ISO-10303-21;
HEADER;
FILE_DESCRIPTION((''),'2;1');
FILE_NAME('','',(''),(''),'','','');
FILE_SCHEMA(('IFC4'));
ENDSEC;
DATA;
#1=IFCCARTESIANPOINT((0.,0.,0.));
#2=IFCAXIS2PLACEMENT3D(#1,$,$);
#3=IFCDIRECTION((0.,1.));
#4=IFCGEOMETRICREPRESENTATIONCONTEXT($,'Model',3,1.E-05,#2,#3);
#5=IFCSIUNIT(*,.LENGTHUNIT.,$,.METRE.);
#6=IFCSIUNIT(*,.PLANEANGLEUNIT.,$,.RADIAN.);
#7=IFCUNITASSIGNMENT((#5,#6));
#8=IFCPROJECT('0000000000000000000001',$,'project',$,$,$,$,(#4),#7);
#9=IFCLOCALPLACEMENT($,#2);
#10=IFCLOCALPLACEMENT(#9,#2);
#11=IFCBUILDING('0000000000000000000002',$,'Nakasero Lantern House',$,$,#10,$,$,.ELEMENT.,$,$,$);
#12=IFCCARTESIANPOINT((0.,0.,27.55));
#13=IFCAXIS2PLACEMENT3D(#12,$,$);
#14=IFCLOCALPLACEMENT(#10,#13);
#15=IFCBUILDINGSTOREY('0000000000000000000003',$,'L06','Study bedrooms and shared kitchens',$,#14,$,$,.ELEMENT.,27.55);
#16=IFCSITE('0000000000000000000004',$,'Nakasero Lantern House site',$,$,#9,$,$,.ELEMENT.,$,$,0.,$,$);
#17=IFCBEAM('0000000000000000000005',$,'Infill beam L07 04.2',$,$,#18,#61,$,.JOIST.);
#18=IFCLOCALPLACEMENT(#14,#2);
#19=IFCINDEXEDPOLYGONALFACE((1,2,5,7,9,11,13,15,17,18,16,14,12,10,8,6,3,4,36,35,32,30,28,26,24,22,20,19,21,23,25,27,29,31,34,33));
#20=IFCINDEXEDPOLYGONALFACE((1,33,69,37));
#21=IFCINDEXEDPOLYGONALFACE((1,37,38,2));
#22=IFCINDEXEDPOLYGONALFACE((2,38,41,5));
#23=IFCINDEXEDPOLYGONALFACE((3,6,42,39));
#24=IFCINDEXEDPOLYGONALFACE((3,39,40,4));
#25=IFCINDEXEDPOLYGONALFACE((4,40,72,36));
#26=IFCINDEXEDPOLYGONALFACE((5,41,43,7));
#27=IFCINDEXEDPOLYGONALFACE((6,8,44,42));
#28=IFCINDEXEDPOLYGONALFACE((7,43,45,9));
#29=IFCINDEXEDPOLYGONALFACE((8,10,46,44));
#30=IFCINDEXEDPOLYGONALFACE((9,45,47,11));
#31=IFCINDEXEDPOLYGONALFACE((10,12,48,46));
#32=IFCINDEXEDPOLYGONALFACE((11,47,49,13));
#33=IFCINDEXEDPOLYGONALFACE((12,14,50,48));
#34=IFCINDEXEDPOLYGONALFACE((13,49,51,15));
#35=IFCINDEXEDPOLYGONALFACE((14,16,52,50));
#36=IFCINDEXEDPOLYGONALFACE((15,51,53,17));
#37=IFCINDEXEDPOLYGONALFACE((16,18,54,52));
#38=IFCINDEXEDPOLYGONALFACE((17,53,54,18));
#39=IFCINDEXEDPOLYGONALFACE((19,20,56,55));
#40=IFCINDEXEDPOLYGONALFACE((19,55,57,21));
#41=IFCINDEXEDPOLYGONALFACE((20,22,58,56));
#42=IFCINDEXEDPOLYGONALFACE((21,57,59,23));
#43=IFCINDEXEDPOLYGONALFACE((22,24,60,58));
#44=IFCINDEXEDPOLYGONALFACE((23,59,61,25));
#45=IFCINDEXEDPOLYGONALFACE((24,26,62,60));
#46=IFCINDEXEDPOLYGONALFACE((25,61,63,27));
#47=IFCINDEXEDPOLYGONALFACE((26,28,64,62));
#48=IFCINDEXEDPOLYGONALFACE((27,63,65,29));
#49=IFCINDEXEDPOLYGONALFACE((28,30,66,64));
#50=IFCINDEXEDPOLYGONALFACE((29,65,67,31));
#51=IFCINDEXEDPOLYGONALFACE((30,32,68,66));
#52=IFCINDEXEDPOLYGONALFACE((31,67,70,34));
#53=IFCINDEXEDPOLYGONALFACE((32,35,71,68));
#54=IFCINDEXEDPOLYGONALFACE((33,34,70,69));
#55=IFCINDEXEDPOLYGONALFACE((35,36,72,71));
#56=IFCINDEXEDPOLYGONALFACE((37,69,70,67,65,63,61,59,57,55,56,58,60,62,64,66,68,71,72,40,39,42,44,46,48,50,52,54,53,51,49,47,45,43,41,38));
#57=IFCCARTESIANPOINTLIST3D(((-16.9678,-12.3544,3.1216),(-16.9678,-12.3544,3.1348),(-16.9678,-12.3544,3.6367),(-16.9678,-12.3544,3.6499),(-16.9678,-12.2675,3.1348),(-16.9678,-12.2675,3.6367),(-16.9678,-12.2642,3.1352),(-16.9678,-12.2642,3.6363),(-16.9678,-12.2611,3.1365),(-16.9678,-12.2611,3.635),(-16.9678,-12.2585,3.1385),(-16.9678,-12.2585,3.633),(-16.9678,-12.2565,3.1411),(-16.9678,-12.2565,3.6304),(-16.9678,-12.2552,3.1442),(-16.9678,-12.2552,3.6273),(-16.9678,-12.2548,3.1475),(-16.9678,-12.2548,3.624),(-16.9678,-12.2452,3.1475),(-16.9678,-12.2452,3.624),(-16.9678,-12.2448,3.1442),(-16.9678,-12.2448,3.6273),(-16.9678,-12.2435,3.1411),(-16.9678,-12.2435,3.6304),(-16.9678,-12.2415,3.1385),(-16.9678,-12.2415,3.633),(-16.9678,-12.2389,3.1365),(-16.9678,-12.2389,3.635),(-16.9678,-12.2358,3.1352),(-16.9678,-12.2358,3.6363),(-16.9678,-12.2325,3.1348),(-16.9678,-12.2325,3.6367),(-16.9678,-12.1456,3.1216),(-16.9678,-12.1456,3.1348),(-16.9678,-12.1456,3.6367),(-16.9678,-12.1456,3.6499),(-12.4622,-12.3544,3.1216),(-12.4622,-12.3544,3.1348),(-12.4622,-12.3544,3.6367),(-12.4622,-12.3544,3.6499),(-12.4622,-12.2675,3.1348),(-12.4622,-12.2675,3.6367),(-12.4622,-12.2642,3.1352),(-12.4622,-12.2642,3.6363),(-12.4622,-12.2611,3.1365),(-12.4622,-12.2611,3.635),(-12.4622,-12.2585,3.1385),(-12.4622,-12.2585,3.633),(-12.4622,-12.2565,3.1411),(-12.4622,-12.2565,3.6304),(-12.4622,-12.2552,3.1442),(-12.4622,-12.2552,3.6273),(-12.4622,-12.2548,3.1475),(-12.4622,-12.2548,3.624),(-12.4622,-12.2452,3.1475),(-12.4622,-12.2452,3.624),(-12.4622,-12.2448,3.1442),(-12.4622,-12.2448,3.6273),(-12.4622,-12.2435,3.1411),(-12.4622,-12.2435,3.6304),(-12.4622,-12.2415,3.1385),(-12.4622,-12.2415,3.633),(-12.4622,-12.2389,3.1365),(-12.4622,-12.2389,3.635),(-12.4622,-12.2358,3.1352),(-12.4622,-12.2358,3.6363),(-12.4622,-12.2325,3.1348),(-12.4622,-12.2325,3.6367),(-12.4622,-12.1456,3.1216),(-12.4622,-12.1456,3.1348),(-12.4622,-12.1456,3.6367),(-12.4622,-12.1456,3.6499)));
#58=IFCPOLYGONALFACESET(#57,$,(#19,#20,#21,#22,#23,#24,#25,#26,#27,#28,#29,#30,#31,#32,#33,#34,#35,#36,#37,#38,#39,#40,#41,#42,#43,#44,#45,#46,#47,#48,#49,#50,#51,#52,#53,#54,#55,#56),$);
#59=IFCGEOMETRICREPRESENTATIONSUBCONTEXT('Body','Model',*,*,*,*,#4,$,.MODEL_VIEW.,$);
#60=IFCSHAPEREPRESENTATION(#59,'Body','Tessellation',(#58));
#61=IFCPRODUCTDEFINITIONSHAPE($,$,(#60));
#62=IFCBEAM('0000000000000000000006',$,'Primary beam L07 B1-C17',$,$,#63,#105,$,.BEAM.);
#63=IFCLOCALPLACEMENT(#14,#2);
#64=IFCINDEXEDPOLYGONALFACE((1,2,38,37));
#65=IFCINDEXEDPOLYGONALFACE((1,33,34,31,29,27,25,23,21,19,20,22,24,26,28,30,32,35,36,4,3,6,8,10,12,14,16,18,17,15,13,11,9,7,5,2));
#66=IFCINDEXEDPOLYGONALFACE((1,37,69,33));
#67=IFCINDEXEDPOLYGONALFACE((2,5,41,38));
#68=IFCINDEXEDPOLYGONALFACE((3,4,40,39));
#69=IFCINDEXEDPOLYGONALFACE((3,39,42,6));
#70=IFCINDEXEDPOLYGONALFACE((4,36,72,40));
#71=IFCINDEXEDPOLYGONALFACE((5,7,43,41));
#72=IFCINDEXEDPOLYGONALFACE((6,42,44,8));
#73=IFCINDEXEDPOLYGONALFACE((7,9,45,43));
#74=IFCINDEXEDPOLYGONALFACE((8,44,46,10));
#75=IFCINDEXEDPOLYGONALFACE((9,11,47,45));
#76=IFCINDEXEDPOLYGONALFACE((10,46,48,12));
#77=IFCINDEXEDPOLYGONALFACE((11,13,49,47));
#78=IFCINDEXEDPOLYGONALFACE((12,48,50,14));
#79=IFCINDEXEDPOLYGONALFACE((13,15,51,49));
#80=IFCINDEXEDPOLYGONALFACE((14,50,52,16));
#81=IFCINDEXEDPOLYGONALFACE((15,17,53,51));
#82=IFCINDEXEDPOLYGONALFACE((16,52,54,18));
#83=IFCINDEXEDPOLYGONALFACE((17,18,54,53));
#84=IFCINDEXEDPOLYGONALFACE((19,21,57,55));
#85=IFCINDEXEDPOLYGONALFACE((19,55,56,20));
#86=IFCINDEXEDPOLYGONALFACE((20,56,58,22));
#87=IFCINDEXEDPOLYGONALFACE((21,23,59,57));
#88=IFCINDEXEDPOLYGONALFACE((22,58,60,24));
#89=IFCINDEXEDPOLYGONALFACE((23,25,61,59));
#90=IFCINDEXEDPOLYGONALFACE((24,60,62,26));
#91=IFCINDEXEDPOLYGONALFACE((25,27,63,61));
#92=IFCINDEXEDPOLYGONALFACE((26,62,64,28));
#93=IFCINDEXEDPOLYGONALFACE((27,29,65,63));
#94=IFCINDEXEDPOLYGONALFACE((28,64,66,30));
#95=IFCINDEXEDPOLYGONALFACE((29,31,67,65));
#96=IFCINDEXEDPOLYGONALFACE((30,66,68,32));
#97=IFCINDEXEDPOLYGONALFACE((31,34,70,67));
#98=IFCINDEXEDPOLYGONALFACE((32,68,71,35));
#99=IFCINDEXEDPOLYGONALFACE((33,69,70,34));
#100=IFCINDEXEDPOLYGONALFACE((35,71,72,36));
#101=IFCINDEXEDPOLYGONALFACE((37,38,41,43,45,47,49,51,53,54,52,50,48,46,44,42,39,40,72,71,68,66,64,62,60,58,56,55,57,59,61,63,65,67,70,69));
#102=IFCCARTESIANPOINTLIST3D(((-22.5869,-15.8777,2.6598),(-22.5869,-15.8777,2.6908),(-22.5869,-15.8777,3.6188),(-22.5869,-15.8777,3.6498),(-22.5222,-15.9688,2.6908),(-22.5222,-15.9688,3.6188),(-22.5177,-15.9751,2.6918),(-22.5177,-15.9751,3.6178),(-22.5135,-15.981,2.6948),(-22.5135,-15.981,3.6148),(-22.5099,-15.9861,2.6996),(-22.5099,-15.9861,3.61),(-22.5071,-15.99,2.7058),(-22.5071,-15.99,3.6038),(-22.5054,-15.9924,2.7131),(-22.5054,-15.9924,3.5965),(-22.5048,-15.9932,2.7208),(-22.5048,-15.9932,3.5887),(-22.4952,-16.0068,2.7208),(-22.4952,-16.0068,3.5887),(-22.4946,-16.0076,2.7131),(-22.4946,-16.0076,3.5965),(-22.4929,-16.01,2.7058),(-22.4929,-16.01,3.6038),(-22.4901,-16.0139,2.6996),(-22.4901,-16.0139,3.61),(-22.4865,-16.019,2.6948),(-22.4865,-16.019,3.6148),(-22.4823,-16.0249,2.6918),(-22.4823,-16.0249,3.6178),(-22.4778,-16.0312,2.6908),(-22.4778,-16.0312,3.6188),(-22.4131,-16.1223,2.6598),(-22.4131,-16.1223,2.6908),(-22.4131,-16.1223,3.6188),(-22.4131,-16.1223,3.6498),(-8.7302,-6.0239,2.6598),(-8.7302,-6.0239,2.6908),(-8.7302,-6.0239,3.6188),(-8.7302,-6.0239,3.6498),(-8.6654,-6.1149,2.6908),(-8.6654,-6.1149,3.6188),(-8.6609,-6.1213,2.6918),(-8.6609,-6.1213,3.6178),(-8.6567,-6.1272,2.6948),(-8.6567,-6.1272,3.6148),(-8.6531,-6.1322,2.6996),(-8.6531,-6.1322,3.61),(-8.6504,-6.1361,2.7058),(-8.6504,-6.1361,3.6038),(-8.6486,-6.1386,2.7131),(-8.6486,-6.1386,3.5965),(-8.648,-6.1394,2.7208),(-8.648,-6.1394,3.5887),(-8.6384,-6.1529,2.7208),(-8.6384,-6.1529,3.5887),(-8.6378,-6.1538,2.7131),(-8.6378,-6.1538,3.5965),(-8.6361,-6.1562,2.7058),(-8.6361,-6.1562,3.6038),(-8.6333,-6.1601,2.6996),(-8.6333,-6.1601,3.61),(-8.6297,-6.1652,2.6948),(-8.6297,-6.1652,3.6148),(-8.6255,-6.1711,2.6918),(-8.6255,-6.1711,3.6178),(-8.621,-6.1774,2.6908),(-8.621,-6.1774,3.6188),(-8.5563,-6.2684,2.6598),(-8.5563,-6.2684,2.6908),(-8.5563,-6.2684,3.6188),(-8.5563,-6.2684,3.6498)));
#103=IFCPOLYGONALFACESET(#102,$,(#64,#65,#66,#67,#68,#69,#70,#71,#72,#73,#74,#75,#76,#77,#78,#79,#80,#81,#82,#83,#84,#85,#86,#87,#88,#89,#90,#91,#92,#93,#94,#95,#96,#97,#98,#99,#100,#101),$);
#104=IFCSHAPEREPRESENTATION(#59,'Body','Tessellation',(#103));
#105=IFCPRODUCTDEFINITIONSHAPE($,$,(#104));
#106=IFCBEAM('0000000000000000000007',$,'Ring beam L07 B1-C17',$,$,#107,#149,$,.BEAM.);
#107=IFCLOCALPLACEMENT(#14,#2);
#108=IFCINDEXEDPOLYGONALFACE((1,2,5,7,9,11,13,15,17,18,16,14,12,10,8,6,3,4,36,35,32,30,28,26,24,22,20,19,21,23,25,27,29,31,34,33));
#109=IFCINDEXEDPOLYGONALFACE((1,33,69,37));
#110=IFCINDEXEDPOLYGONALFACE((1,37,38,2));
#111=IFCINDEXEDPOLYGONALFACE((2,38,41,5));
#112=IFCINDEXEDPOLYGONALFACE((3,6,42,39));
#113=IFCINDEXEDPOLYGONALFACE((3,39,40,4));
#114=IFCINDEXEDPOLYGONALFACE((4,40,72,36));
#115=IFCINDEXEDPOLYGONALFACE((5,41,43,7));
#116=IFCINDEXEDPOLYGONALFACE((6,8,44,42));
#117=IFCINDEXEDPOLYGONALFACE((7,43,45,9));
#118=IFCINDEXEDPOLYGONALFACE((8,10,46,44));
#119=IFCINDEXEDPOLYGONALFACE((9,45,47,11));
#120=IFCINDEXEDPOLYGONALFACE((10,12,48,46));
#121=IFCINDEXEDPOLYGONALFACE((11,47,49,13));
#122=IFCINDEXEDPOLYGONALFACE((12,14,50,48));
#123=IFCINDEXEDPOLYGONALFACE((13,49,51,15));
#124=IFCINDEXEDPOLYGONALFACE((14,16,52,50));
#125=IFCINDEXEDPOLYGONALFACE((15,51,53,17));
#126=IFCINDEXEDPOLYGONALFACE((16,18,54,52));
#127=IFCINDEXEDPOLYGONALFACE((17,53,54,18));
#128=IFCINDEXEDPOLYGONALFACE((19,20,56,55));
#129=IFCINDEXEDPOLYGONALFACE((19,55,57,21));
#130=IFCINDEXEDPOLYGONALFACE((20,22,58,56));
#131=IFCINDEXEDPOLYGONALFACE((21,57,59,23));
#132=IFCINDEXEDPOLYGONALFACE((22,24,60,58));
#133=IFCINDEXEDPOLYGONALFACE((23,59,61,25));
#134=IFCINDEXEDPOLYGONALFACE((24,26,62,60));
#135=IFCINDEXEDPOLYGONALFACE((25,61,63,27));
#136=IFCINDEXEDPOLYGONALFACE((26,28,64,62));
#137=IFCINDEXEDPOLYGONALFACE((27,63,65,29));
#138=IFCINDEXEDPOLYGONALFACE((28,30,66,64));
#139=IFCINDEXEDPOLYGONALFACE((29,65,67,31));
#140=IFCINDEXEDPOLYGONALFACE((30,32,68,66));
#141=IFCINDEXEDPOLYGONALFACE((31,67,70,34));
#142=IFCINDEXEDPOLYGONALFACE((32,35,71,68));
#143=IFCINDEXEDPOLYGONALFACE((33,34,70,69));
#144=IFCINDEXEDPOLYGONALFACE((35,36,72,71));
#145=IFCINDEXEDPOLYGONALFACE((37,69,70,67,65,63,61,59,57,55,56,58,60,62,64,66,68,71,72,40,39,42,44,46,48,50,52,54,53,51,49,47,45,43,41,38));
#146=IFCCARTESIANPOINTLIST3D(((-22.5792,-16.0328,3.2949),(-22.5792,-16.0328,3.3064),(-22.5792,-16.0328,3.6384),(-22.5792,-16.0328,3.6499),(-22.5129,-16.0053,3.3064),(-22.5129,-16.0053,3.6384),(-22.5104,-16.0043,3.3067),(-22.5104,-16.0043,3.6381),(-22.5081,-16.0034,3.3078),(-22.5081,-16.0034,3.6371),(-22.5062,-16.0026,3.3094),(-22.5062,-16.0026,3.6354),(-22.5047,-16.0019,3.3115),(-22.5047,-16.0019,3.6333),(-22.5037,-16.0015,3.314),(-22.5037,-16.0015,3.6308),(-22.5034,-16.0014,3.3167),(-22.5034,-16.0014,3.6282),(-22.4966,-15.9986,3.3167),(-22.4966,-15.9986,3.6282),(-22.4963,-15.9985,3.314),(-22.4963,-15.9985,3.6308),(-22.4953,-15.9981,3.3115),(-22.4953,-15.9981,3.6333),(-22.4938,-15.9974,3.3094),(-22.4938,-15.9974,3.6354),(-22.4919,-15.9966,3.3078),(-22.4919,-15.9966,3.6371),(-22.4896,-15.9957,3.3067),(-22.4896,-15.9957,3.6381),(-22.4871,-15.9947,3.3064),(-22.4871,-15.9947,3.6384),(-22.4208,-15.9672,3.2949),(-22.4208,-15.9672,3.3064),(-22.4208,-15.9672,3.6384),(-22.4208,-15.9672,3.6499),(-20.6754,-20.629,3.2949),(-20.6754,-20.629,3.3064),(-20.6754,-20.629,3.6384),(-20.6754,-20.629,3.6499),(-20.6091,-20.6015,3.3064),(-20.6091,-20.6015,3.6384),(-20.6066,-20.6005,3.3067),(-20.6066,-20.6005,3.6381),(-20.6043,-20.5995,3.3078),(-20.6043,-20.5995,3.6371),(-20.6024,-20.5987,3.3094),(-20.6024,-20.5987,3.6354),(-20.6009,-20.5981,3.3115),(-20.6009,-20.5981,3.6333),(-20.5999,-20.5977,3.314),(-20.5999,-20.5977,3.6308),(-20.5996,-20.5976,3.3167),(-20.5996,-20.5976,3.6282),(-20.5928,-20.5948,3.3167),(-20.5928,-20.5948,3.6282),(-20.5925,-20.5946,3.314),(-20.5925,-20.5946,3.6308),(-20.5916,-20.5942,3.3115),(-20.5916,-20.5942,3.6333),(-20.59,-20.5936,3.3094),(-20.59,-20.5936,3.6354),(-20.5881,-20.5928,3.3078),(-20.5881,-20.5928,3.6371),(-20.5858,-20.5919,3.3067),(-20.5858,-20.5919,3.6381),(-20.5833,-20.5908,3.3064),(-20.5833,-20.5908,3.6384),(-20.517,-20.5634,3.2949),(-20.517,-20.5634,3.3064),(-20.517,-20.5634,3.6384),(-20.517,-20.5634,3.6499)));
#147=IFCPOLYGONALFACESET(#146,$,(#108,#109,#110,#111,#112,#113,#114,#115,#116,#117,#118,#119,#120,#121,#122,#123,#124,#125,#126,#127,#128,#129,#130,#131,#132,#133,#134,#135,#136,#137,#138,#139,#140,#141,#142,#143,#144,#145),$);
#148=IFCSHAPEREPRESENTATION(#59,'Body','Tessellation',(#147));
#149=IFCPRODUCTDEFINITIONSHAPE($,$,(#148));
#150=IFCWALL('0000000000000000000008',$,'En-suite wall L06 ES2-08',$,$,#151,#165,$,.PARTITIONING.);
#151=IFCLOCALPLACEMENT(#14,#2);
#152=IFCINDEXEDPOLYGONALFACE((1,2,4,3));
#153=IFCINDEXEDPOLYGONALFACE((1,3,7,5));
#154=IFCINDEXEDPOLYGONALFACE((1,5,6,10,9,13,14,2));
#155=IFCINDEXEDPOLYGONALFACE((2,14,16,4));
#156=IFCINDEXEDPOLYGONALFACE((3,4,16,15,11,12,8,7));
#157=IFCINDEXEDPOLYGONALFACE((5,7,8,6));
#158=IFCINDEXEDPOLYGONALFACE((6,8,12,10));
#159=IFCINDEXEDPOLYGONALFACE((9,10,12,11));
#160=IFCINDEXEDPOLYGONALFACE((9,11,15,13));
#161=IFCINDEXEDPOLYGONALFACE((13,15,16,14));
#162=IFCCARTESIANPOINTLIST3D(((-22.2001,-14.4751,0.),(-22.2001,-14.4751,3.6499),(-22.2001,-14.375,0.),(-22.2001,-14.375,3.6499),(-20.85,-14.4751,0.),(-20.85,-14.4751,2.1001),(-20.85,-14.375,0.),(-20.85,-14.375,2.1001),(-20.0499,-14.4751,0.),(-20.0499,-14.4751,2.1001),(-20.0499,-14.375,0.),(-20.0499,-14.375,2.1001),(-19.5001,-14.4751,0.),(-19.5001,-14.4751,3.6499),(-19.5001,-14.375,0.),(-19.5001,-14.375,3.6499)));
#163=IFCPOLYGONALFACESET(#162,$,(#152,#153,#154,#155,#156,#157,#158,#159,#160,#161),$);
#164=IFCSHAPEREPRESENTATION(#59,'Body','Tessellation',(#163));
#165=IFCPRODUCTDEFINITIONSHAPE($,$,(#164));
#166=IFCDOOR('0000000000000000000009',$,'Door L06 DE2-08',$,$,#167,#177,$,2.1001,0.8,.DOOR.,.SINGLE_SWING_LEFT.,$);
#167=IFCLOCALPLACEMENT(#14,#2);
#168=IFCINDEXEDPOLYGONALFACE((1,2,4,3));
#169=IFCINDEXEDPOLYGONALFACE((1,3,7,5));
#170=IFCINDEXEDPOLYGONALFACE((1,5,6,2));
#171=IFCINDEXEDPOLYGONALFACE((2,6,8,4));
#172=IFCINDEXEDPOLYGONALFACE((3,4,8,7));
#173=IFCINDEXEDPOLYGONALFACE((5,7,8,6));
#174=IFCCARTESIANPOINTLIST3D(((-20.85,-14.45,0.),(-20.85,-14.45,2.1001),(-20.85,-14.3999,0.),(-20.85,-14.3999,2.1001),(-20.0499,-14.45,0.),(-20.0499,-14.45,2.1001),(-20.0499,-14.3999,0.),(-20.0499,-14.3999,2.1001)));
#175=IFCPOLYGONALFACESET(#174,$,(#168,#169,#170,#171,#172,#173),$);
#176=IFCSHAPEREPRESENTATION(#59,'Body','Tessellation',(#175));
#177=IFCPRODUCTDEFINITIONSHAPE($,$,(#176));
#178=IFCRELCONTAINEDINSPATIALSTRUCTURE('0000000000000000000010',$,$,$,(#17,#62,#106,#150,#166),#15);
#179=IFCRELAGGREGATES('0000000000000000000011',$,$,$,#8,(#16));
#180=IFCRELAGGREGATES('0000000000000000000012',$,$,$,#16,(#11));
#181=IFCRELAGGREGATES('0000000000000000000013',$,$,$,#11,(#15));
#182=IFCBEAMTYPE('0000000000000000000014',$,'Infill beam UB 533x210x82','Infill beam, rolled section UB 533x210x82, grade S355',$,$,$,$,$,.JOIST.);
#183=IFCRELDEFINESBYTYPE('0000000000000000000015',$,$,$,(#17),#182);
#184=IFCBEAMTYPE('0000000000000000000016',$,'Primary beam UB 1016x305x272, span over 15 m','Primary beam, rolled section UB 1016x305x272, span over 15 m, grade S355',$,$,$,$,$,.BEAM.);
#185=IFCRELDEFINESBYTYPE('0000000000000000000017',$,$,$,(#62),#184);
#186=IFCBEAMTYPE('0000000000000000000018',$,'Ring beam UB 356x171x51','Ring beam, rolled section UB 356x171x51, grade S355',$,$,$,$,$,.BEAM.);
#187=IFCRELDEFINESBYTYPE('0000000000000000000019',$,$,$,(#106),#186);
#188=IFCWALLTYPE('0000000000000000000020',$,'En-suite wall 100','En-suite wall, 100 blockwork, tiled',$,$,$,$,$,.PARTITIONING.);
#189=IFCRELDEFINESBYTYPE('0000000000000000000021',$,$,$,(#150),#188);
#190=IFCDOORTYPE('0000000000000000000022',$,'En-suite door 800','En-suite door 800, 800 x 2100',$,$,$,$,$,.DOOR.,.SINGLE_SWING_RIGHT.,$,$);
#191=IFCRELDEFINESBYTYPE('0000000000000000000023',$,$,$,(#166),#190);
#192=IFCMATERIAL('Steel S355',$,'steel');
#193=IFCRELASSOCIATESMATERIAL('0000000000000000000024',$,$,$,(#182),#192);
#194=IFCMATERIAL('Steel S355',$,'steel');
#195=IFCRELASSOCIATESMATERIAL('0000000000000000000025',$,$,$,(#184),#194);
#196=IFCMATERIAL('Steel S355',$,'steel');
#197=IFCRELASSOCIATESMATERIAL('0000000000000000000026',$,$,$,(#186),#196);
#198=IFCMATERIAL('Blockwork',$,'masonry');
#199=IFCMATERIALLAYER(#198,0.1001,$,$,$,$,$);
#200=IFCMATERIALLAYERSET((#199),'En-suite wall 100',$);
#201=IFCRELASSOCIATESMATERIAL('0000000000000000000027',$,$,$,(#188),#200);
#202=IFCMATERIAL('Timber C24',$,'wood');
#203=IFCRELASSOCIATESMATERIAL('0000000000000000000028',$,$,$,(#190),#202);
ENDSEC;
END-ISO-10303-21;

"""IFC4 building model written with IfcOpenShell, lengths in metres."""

from ifc_helpers import new_model, si_unit, direction, frame, frame_2d, origin, origin_2d, place, context, subcontext, project, spatial, rectangle, i_section, extrude, material, layer, layer_set, material_profile, profile_set, type_object, element, fill, save


model = new_model("IFC4")

# Units and contexts
model_context = context("Model", 3, precision=1e-05, world=origin(), true_north=direction((0.0, 1.0)))
body_context = subcontext(model_context, "Body", "Model", "MODEL_VIEW")
ifc_project = project(units=[si_unit("LENGTHUNIT", "METRE"), si_unit("PLANEANGLEUNIT", "RADIAN")], contexts=[model_context])

# Site, building, storey
site_placement = place(None, origin())
site = spatial("IfcSite", under=ifc_project, at=site_placement, Name="Nakasero Lantern House site", CompositionType="ELEMENT", RefElevation=0.0)
building_placement = place(site_placement, origin())
building = spatial("IfcBuilding", under=site, at=building_placement, Name="Nakasero Lantern House", CompositionType="ELEMENT")
storey_placement = place(building_placement, frame((0.0, 0.0, 27.55)))
storey = spatial("IfcBuildingStorey", under=building, at=storey_placement, Name="L06", Description="Study bedrooms and shared kitchens", CompositionType="ELEMENT", Elevation=27.55)

# Beams
ifc_material_1 = material(Name="Steel S355", Category="steel")
ifc_material_profile_1 = material_profile(ifc_material_1, i_section(OverallWidth=0.2087, OverallDepth=0.5283, WebThickness=0.0095, FlangeThickness=0.0132, FilletRadius=0.0127, at=origin_2d()), Name="UB 533x210x82")
ifc_profile_set_1 = profile_set([ifc_material_profile_1], Name="Steel S355")
beam_type_1 = type_object("IfcBeamType", Name="Infill beam UB 533x210x82", Description="Infill beam, rolled section UB 533x210x82, grade S355", PredefinedType="JOIST", material=ifc_profile_set_1)
beam_1_placement = place(storey_placement, frame((-16.9678, -12.25, 3.3857), z_axis=(1.0, 0.0, 0.0), x_axis=(0.0, 1.0, 0.0)))
element("IfcBeam", 1, at=beam_1_placement, inside=storey, type_object=beam_type_1, Name="Infill beam L07 04.2", PredefinedType="JOIST", context=body_context, shape_type="SweptSolid", body=[
    extrude(i_section(OverallWidth=0.2087, OverallDepth=0.5283, WebThickness=0.0095, FlangeThickness=0.0132, FilletRadius=0.0127, at=origin_2d()), origin(), (0.0, 0.0, 1.0), 4.5056),
])
ifc_material_2 = material(Name="Steel S355", Category="steel")
ifc_material_profile_2 = material_profile(ifc_material_2, i_section(OverallWidth=0.3, OverallDepth=0.99, WebThickness=0.0166, FlangeThickness=0.031, FilletRadius=0.03, at=origin_2d()), Name="UB 1016x305x272")
ifc_profile_set_2 = profile_set([ifc_material_profile_2], Name="Steel S355")
beam_type_2 = type_object("IfcBeamType", Name="Primary beam UB 1016x305x272, span over 15 m", Description="Primary beam, rolled section UB 1016x305x272, span over 15 m, grade S355", PredefinedType="BEAM", material=ifc_profile_set_2)
beam_2_placement = place(storey_placement, frame((-22.5, -16.0, 3.1548), z_axis=(0.814952, 0.579528, 0.0), x_axis=(-0.579528, 0.814952, 0.0)))
element("IfcBeam", 2, at=beam_2_placement, inside=storey, type_object=beam_type_2, Name="Primary beam L07 B1-C17", PredefinedType="BEAM", context=body_context, shape_type="SweptSolid", body=[
    extrude(i_section(OverallWidth=0.3, OverallDepth=0.99, WebThickness=0.0166, FlangeThickness=0.031, FilletRadius=0.03, at=origin_2d()), origin(), (0.0, 0.0, 1.0), 17.0032),
])
ifc_material_3 = material(Name="Steel S355", Category="steel")
ifc_material_profile_3 = material_profile(ifc_material_3, i_section(OverallWidth=0.1714, OverallDepth=0.355, WebThickness=0.0073, FlangeThickness=0.0115, FilletRadius=0.0103, at=origin_2d()), Name="UB 356x171x51")
ifc_profile_set_3 = profile_set([ifc_material_profile_3], Name="Steel S355")
beam_type_3 = type_object("IfcBeamType", Name="Ring beam UB 356x171x51", Description="Ring beam, rolled section UB 356x171x51, grade S355", PredefinedType="BEAM", material=ifc_profile_set_3)
beam_3_placement = place(storey_placement, frame((-22.5, -16.0, 3.4724), z_axis=(0.382684, -0.923879, 0.0), x_axis=(0.923879, 0.382684, 0.0)))
element("IfcBeam", 3, at=beam_3_placement, inside=storey, type_object=beam_type_3, Name="Ring beam L07 B1-C17", PredefinedType="BEAM", context=body_context, shape_type="SweptSolid", body=[
    extrude(i_section(OverallWidth=0.1714, OverallDepth=0.355, WebThickness=0.0073, FlangeThickness=0.0115, FilletRadius=0.0103, at=origin_2d()), origin(), (0.0, 0.0, 1.0), 4.9749),
])

# Wall, opening, door
ifc_material_4 = material(Name="Blockwork", Category="masonry")
ifc_layer_1 = layer(ifc_material_4, 0.1001)
ifc_layer_set_1 = layer_set([ifc_layer_1], Name="En-suite wall 100")
wall_type_1 = type_object("IfcWallType", Name="En-suite wall 100", Description="En-suite wall, 100 blockwork, tiled", PredefinedType="PARTITIONING", material=ifc_layer_set_1)
wall_1_placement = place(storey_placement, frame((-19.5, -14.425, 0.0), z_axis=(0.0, 0.0, 1.0), x_axis=(-1.0, 0.0, 0.0)))
wall_1 = element("IfcWall", 4, at=wall_1_placement, inside=storey, type_object=wall_type_1, Name="En-suite wall L06 ES2-08", PredefinedType="PARTITIONING", context=body_context, shape_type="SweptSolid", body=[
    extrude(rectangle(XDim=2.7, YDim=0.1001, at=frame_2d((1.3501, 0.0))), origin(), (0.0, 0.0, 1.0), 3.6499),
])
opening_1_placement = place(wall_1_placement, frame((0.55, 0.0, 0.0)))
opening_1 = element("IfcOpeningElement", 5, at=opening_1_placement, cuts=wall_1, PredefinedType="OPENING", context=body_context, shape_type="SweptSolid", body=[
    extrude(rectangle(XDim=0.8, YDim=2.1001, at=frame_2d((0.3999, 1.05))), frame((0.0, 0.0701, 0.0), z_axis=(0.0, -1.0, 0.0), x_axis=(1.0, 0.0, 0.0)), (0.0, 0.0, 1.0), 0.1401),
])
ifc_material_5 = material(Name="Timber C24", Category="wood")
door_type_1 = type_object("IfcDoorType", Name="En-suite door 800", Description="En-suite door 800, 800 x 2100", OperationType="SINGLE_SWING_RIGHT", PredefinedType="DOOR", material=ifc_material_5)
door_1_placement = place(opening_1_placement, origin())
door_1 = element("IfcDoor", 6, at=door_1_placement, inside=storey, type_object=door_type_1, Name="Door L06 DE2-08", OperationType="SINGLE_SWING_LEFT", OverallHeight=2.1001, OverallWidth=0.8, PredefinedType="DOOR", context=body_context, shape_type="SweptSolid", body=[
    extrude(rectangle(XDim=0.8, YDim=2.1001, at=frame_2d((0.3999, 1.05))), frame((0.0, 0.0249, 0.0), z_axis=(0.0, -1.0, 0.0), x_axis=(1.0, 0.0, 0.0)), (0.0, 0.0, 1.0), 0.05),
])
fill(opening_1, door_1)

save(model, "model.ifc")
